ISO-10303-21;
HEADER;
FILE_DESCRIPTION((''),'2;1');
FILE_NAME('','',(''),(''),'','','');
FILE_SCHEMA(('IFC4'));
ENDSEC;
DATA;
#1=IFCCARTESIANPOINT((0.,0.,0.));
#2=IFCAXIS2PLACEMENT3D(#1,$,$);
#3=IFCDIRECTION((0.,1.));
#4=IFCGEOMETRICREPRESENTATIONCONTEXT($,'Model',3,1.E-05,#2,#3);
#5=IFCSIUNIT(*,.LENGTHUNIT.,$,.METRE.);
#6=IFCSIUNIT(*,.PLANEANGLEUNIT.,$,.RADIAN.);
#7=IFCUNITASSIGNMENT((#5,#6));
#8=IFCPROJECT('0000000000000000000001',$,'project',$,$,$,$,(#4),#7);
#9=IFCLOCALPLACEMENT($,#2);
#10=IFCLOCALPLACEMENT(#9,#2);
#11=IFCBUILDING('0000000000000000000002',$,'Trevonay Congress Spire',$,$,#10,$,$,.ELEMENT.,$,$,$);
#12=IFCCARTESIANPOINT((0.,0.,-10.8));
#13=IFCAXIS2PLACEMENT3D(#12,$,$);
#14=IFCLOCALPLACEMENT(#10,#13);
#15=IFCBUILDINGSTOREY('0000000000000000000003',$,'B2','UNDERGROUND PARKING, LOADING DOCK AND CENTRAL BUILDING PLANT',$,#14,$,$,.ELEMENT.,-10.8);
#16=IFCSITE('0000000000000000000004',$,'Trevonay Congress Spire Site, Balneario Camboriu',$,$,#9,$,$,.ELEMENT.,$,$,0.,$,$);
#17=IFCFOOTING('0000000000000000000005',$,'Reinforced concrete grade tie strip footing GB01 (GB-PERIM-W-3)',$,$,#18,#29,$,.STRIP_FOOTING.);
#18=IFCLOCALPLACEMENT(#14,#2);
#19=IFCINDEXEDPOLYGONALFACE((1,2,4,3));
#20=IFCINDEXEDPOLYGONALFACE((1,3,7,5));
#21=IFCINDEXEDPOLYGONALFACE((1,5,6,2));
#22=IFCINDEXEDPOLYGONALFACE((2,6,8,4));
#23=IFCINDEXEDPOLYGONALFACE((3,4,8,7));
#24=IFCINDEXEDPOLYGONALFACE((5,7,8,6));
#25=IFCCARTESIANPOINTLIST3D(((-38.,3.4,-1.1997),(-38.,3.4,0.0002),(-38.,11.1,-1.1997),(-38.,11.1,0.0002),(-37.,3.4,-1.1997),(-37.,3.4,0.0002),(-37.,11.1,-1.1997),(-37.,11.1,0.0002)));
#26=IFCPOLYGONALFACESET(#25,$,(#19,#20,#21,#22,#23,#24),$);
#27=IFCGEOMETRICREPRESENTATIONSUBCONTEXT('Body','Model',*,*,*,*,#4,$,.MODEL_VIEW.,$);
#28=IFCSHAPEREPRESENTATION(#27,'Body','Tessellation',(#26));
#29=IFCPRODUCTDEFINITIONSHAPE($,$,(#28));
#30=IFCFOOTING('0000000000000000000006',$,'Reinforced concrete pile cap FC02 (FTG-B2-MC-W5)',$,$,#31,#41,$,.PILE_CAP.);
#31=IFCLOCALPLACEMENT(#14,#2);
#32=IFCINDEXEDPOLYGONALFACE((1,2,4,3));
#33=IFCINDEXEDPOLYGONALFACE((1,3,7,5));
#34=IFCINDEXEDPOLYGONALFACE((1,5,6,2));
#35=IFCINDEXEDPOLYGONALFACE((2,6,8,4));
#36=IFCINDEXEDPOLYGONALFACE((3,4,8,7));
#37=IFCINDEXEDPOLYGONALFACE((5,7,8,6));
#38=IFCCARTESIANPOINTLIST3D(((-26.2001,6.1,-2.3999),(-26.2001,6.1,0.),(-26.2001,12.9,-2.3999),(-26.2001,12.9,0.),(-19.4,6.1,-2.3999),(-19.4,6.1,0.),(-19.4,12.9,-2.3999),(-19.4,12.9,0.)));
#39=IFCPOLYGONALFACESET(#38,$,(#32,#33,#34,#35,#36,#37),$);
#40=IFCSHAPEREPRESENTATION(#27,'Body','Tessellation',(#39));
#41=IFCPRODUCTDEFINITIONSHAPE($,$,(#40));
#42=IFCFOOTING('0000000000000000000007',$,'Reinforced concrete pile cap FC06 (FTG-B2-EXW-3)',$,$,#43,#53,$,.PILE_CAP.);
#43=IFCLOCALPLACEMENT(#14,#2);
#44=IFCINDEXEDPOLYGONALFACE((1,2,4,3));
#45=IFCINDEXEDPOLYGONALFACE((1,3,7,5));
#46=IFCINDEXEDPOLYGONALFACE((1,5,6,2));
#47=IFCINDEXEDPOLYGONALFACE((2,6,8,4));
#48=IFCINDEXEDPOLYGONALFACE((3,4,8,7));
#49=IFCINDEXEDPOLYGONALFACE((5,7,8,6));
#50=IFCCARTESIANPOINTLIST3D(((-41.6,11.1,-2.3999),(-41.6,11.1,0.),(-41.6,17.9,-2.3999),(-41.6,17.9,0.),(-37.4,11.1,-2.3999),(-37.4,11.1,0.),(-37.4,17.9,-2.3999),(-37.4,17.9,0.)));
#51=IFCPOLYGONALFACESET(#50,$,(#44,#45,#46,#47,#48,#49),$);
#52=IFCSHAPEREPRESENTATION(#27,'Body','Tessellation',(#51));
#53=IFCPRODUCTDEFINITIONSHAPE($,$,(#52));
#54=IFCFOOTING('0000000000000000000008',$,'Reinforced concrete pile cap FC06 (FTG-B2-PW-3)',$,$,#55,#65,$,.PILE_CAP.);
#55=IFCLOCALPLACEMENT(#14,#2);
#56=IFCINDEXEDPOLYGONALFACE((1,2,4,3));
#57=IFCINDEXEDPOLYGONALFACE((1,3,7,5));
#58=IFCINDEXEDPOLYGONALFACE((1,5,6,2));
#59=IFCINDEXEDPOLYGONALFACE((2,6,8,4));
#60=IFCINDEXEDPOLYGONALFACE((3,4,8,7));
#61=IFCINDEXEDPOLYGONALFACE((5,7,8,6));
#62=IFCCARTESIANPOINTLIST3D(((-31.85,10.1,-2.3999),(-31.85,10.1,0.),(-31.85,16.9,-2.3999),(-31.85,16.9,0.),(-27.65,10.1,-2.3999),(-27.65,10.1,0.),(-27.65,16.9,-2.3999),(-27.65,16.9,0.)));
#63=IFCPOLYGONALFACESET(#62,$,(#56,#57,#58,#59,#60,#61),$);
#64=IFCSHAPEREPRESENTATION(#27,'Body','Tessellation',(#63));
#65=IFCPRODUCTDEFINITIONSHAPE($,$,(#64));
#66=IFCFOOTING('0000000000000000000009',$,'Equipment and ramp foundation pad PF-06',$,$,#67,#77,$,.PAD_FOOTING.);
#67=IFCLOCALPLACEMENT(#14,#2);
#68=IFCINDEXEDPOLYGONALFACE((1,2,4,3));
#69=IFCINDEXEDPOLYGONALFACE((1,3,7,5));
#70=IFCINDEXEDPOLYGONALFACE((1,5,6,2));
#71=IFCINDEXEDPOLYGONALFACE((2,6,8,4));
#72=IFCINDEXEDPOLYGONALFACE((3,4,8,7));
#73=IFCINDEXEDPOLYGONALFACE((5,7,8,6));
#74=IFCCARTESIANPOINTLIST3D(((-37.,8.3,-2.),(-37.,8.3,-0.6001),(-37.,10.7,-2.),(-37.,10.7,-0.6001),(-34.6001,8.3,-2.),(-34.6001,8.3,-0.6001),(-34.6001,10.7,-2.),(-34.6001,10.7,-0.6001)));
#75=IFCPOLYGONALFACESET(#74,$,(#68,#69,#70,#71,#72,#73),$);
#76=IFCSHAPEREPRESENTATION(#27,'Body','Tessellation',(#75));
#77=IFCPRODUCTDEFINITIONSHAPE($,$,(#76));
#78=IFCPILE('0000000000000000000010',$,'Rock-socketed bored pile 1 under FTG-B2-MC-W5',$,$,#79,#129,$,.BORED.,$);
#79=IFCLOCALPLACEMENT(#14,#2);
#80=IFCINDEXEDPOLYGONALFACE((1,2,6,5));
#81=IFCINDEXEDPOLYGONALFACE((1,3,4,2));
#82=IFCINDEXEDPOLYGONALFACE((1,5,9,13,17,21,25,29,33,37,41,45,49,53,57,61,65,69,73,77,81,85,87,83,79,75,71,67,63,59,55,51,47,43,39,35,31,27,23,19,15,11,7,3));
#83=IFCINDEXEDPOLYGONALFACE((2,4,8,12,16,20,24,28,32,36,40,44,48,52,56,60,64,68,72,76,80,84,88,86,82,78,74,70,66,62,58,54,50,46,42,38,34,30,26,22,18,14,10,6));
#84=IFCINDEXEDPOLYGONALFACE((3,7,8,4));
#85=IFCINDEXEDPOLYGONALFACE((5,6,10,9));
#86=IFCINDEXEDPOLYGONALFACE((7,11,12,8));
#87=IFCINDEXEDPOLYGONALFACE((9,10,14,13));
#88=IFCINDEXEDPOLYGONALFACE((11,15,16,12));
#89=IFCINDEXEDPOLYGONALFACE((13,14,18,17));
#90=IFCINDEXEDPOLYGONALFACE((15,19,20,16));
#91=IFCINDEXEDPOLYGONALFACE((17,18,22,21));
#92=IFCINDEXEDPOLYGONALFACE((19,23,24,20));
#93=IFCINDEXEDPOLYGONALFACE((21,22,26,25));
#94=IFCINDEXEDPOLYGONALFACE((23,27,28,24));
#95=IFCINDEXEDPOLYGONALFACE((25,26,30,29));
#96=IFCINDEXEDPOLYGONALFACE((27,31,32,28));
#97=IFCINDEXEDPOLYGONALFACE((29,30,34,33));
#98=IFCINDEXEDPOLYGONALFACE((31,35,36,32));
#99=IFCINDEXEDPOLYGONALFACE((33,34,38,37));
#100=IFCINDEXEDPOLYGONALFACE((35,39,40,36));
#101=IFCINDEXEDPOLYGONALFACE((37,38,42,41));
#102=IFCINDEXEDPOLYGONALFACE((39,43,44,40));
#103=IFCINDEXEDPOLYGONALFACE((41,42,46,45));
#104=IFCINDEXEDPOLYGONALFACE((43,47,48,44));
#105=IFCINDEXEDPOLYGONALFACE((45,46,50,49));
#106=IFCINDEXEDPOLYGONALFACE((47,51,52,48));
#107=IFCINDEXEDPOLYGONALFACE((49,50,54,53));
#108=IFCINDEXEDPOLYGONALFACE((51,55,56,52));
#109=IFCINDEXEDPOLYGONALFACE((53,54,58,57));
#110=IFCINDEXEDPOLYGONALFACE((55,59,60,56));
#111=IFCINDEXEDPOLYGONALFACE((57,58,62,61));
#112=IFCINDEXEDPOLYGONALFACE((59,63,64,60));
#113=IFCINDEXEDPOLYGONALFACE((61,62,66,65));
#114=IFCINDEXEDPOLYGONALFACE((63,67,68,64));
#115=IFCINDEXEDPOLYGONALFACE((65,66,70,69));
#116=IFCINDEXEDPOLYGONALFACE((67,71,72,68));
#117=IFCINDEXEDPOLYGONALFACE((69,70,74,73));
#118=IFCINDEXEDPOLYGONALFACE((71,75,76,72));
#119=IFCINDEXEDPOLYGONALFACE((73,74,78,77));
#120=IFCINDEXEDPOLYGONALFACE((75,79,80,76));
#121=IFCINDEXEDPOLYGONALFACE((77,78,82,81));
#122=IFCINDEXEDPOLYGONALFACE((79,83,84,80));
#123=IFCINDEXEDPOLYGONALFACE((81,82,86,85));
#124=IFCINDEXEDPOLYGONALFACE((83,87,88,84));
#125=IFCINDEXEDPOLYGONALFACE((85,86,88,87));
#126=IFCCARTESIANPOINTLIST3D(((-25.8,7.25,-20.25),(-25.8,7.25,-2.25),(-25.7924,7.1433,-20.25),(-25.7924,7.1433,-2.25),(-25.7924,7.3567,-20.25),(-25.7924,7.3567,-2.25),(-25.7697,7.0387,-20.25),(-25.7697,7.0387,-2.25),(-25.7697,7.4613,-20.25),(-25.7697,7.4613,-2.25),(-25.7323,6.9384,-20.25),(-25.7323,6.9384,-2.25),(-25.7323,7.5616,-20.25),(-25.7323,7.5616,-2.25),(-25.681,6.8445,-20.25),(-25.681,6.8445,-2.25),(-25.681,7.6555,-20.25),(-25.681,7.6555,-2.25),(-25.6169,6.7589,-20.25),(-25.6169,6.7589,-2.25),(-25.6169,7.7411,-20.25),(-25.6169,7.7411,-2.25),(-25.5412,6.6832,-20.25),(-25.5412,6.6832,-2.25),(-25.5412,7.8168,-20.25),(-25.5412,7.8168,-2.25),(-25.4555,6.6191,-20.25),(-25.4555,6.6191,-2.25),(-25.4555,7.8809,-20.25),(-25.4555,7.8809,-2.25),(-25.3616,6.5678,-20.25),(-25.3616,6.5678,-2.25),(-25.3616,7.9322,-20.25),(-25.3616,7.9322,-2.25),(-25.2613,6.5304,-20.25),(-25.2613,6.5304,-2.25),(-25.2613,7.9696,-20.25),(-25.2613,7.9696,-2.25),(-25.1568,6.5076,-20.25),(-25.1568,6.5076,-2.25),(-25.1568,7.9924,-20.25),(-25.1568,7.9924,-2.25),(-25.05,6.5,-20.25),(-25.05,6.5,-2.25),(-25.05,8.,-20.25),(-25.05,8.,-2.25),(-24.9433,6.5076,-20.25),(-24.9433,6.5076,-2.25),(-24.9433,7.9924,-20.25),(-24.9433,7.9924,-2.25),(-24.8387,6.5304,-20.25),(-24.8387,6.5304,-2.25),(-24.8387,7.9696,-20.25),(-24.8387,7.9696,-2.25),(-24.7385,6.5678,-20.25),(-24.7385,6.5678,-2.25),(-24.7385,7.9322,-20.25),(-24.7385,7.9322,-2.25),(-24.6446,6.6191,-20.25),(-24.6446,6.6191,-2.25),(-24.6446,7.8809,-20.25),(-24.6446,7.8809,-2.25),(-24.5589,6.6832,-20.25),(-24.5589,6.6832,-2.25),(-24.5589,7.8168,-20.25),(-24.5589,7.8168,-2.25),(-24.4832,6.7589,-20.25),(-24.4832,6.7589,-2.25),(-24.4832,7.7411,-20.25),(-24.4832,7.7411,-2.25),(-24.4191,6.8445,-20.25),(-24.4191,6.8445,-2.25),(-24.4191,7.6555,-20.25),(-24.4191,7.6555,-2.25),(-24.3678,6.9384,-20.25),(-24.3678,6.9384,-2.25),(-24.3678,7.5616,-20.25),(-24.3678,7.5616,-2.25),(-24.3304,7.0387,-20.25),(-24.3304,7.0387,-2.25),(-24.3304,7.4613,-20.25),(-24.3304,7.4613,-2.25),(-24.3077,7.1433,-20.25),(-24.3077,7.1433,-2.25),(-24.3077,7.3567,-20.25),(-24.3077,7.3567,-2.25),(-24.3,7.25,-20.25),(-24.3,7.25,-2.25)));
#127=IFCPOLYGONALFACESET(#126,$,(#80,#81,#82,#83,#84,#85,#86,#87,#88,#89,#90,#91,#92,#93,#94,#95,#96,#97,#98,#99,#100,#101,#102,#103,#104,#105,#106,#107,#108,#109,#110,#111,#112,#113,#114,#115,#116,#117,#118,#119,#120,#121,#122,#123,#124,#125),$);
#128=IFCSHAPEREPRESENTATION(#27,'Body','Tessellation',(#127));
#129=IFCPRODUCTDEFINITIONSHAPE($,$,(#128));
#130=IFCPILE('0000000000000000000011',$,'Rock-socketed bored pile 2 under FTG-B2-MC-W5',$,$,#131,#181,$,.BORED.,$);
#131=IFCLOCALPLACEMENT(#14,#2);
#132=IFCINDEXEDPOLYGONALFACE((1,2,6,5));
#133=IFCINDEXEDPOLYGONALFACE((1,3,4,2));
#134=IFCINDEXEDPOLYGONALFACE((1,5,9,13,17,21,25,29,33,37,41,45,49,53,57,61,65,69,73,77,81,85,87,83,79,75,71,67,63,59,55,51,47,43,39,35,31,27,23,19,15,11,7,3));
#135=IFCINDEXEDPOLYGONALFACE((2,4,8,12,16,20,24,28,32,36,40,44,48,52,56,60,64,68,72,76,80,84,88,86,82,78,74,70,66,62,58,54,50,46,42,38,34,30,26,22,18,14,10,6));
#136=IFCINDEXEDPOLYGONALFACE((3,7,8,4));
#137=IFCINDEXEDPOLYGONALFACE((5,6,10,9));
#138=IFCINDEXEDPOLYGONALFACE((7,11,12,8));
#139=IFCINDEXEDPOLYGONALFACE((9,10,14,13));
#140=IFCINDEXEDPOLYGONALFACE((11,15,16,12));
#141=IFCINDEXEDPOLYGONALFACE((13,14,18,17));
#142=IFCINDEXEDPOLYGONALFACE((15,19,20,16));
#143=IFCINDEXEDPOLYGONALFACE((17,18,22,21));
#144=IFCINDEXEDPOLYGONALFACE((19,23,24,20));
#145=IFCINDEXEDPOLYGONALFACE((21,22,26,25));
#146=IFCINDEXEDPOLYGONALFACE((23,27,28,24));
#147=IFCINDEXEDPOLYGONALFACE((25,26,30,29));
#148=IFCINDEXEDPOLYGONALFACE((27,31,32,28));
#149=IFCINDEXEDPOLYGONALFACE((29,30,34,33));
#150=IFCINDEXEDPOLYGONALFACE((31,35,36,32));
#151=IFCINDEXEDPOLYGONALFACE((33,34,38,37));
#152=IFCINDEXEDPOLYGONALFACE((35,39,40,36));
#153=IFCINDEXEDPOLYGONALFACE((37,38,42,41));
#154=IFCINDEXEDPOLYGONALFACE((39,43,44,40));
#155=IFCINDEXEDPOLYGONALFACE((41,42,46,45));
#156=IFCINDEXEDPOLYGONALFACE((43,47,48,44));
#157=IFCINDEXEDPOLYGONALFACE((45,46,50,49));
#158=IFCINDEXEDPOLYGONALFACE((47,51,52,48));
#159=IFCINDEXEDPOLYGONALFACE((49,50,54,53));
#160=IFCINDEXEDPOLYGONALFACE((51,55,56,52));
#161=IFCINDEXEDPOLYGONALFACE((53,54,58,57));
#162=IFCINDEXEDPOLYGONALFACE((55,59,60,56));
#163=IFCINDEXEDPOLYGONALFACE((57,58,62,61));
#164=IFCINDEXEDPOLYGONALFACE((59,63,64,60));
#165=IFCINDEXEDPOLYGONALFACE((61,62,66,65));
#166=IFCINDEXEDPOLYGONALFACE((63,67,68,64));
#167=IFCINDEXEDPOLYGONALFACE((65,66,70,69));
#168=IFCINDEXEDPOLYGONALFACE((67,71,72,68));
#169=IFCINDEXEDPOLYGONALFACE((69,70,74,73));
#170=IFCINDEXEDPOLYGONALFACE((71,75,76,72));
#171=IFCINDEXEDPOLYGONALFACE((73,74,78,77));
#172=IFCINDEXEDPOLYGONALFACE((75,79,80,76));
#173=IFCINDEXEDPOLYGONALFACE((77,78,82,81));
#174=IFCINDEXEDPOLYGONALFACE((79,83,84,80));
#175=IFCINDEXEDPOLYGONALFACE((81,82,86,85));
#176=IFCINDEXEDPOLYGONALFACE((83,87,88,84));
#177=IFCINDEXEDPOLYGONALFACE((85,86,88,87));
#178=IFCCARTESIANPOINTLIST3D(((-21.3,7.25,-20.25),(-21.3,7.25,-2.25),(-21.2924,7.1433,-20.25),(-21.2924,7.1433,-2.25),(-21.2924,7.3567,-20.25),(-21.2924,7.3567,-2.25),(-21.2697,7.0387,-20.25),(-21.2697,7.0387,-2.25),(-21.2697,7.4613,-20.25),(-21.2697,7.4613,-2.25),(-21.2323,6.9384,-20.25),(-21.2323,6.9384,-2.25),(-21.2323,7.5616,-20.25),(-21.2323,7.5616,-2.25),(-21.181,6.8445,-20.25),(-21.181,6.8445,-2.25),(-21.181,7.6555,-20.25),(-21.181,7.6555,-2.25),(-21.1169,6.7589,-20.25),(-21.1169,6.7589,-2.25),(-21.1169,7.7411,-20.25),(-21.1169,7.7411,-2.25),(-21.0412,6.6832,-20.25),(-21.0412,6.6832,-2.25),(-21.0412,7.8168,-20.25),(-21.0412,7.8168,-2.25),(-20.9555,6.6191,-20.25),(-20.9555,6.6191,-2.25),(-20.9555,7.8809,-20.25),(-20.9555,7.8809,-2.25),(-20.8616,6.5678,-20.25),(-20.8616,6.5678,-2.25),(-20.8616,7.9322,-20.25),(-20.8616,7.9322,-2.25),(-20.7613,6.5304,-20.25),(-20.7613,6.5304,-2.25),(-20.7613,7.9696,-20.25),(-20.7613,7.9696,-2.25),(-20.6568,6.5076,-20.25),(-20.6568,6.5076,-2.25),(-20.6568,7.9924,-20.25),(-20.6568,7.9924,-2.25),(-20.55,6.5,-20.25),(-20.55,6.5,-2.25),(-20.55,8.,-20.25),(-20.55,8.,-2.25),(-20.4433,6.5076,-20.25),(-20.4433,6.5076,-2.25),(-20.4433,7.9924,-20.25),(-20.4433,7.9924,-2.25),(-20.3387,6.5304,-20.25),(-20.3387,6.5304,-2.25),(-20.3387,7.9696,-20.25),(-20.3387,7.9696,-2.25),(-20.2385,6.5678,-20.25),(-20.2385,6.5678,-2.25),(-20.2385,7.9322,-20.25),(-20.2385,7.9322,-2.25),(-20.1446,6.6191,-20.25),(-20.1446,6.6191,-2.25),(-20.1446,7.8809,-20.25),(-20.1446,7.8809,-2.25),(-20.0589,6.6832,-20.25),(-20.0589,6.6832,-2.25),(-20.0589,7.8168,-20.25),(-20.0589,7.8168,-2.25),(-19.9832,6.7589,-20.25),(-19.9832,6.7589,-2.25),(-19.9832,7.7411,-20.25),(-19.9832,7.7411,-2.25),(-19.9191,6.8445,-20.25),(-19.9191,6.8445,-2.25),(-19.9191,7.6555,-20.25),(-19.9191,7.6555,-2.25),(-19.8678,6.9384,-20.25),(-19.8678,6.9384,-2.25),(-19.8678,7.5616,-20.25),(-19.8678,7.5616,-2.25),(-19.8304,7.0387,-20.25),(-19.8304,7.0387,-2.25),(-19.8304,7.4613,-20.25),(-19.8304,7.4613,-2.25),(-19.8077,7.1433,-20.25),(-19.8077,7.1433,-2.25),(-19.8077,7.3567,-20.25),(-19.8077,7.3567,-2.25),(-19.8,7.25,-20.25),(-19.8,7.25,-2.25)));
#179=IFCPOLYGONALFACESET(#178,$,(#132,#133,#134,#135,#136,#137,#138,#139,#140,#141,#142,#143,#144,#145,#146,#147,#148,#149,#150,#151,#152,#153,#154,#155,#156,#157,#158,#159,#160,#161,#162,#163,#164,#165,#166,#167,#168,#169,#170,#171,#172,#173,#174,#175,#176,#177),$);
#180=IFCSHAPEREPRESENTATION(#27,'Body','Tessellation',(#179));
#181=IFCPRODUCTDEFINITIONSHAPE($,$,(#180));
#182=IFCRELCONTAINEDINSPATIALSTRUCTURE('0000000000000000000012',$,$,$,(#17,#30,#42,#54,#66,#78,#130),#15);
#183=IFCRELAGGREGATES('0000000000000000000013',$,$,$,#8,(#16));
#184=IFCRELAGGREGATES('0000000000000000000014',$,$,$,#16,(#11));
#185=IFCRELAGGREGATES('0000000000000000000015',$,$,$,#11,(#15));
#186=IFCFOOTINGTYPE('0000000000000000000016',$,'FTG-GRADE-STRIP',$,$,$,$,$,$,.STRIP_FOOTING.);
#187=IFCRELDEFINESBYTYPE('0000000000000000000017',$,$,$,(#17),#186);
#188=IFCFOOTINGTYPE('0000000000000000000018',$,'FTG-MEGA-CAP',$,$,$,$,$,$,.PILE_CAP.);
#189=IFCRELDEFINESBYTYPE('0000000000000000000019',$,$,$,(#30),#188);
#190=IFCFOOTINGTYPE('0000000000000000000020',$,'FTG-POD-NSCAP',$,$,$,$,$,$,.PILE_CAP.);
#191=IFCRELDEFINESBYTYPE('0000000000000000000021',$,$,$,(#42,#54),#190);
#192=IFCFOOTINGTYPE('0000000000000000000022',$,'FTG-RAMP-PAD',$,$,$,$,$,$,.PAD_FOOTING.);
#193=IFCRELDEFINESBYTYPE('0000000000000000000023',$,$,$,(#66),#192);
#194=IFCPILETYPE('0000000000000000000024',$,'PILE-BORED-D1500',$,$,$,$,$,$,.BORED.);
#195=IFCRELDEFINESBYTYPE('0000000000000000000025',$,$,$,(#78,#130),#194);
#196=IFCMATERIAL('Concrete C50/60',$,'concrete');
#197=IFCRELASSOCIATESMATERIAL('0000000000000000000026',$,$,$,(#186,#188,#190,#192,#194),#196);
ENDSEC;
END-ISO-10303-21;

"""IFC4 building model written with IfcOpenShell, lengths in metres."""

from ifc_helpers import new_model, si_unit, direction, frame, origin, origin_2d, place, context, subcontext, project, spatial, rectangle, circle, extrude, material, material_profile, profile_set, type_object, element, save


model = new_model("IFC4")

# Units and contexts
model_context = context("Model", 3, precision=1e-05, world=origin(), true_north=direction((0.0, 1.0)))
body_context = subcontext(model_context, "Body", "Model", "MODEL_VIEW")
ifc_project = project(units=[si_unit("LENGTHUNIT", "METRE"), si_unit("PLANEANGLEUNIT", "RADIAN")], contexts=[model_context])

# Site, building, storey
site_placement = place(None, origin())
site = spatial("IfcSite", under=ifc_project, at=site_placement, Name="Trevonay Congress Spire Site, Balneario Camboriu", CompositionType="ELEMENT", RefElevation=0.0)
building_placement = place(site_placement, origin())
building = spatial("IfcBuilding", under=site, at=building_placement, Name="Trevonay Congress Spire", CompositionType="ELEMENT")
storey_placement = place(building_placement, frame((0.0, 0.0, -10.8)))
storey = spatial("IfcBuildingStorey", under=building, at=storey_placement, Name="B2", Description="UNDERGROUND PARKING, LOADING DOCK AND CENTRAL BUILDING PLANT", CompositionType="ELEMENT", Elevation=-10.8)

# Footings
ifc_material_1 = material(Name="Concrete C50/60", Category="concrete")
footing_type_1 = type_object("IfcFootingType", Name="FTG-GRADE-STRIP", PredefinedType="STRIP_FOOTING", material=ifc_material_1)
footing_1_placement = place(storey_placement, frame((-37.5, 7.25, -1.1997), z_axis=(0.0, 0.0, 1.0), x_axis=(0.0, 1.0, 0.0)))
element("IfcFooting", 1, at=footing_1_placement, inside=storey, type_object=footing_type_1, Name="Reinforced concrete grade tie strip footing GB01 (GB-PERIM-W-3)", PredefinedType="STRIP_FOOTING", context=body_context, shape_type="SweptSolid", body=[
    extrude(rectangle(XDim=7.7, YDim=1.0, at=origin_2d()), origin(), (0.0, 0.0, 1.0), 1.2),
])
footing_type_2 = type_object("IfcFootingType", Name="FTG-MEGA-CAP", PredefinedType="PILE_CAP", material=ifc_material_1)
footing_2_placement = place(storey_placement, frame((-22.8, 9.5, -2.3999), z_axis=(0.0, 0.0, 1.0), x_axis=(1.0, 0.0, 0.0)))
element("IfcFooting", 2, at=footing_2_placement, inside=storey, type_object=footing_type_2, Name="Reinforced concrete pile cap FC02 (FTG-B2-MC-W5)", PredefinedType="PILE_CAP", context=body_context, shape_type="SweptSolid", body=[
    extrude(rectangle(XDim=6.8, YDim=6.8, at=origin_2d()), origin(), (0.0, 0.0, 1.0), 2.3999),
])
footing_type_3 = type_object("IfcFootingType", Name="FTG-POD-NSCAP", PredefinedType="PILE_CAP", material=ifc_material_1)
for number, where, z_axis, x_axis, name in (
    (3, (-39.5, 14.5, -2.3999), (0.0, 0.0, 1.0), (1.0, 0.0, 0.0), "Reinforced concrete pile cap FC06 (FTG-B2-EXW-3)"),
    (4, (-29.75, 13.5, -2.3999), (0.0, 0.0, 1.0), (1.0, 0.0, 0.0), "Reinforced concrete pile cap FC06 (FTG-B2-PW-3)"),
):
    element("IfcFooting", number, at=place(storey_placement, frame(where, z_axis=z_axis, x_axis=x_axis)), inside=storey, type_object=footing_type_3, Name=name, PredefinedType="PILE_CAP", context=body_context, shape_type="SweptSolid", body=[
        extrude(rectangle(XDim=4.2, YDim=6.8, at=origin_2d()), origin(), (0.0, 0.0, 1.0), 2.3999),
    ])
footing_type_4 = type_object("IfcFootingType", Name="FTG-RAMP-PAD", PredefinedType="PAD_FOOTING", material=ifc_material_1)
footing_3_placement = place(storey_placement, frame((-35.8, 9.5, -2.0), z_axis=(0.0, 0.0, 1.0), x_axis=(1.0, 0.0, 0.0)))
element("IfcFooting", 5, at=footing_3_placement, inside=storey, type_object=footing_type_4, Name="Equipment and ramp foundation pad PF-06", PredefinedType="PAD_FOOTING", context=body_context, shape_type="SweptSolid", body=[
    extrude(rectangle(XDim=2.3999, YDim=2.3999, at=origin_2d()), origin(), (0.0, 0.0, 1.0), 1.3999),
])

# Piles
ifc_material_profile_1 = material_profile(ifc_material_1, circle(Radius=0.75, at=origin_2d()), Name="PILE D1500")
ifc_profile_set_1 = profile_set([ifc_material_profile_1], Name="Concrete C50/60")
pile_type = type_object("IfcPileType", Name="PILE-BORED-D1500", PredefinedType="BORED", material=ifc_profile_set_1)
for number, where, z_axis, x_axis, name in (
    (6, (-25.05, 7.25, -2.25), (0.0, 0.0, -1.0), (1.0, 0.0, 0.0), "Rock-socketed bored pile 1 under FTG-B2-MC-W5"),
    (7, (-20.55, 7.25, -2.25), (0.0, 0.0, -1.0), (1.0, 0.0, 0.0), "Rock-socketed bored pile 2 under FTG-B2-MC-W5"),
):
    element("IfcPile", number, at=place(storey_placement, frame(where, z_axis=z_axis, x_axis=x_axis)), inside=storey, type_object=pile_type, Name=name, PredefinedType="BORED", context=body_context, shape_type="SweptSolid", body=[
        extrude(circle(Radius=0.75, at=origin_2d()), origin(), (0.0, 0.0, 1.0), 18.0),
    ])

save(model, "model.ifc")
